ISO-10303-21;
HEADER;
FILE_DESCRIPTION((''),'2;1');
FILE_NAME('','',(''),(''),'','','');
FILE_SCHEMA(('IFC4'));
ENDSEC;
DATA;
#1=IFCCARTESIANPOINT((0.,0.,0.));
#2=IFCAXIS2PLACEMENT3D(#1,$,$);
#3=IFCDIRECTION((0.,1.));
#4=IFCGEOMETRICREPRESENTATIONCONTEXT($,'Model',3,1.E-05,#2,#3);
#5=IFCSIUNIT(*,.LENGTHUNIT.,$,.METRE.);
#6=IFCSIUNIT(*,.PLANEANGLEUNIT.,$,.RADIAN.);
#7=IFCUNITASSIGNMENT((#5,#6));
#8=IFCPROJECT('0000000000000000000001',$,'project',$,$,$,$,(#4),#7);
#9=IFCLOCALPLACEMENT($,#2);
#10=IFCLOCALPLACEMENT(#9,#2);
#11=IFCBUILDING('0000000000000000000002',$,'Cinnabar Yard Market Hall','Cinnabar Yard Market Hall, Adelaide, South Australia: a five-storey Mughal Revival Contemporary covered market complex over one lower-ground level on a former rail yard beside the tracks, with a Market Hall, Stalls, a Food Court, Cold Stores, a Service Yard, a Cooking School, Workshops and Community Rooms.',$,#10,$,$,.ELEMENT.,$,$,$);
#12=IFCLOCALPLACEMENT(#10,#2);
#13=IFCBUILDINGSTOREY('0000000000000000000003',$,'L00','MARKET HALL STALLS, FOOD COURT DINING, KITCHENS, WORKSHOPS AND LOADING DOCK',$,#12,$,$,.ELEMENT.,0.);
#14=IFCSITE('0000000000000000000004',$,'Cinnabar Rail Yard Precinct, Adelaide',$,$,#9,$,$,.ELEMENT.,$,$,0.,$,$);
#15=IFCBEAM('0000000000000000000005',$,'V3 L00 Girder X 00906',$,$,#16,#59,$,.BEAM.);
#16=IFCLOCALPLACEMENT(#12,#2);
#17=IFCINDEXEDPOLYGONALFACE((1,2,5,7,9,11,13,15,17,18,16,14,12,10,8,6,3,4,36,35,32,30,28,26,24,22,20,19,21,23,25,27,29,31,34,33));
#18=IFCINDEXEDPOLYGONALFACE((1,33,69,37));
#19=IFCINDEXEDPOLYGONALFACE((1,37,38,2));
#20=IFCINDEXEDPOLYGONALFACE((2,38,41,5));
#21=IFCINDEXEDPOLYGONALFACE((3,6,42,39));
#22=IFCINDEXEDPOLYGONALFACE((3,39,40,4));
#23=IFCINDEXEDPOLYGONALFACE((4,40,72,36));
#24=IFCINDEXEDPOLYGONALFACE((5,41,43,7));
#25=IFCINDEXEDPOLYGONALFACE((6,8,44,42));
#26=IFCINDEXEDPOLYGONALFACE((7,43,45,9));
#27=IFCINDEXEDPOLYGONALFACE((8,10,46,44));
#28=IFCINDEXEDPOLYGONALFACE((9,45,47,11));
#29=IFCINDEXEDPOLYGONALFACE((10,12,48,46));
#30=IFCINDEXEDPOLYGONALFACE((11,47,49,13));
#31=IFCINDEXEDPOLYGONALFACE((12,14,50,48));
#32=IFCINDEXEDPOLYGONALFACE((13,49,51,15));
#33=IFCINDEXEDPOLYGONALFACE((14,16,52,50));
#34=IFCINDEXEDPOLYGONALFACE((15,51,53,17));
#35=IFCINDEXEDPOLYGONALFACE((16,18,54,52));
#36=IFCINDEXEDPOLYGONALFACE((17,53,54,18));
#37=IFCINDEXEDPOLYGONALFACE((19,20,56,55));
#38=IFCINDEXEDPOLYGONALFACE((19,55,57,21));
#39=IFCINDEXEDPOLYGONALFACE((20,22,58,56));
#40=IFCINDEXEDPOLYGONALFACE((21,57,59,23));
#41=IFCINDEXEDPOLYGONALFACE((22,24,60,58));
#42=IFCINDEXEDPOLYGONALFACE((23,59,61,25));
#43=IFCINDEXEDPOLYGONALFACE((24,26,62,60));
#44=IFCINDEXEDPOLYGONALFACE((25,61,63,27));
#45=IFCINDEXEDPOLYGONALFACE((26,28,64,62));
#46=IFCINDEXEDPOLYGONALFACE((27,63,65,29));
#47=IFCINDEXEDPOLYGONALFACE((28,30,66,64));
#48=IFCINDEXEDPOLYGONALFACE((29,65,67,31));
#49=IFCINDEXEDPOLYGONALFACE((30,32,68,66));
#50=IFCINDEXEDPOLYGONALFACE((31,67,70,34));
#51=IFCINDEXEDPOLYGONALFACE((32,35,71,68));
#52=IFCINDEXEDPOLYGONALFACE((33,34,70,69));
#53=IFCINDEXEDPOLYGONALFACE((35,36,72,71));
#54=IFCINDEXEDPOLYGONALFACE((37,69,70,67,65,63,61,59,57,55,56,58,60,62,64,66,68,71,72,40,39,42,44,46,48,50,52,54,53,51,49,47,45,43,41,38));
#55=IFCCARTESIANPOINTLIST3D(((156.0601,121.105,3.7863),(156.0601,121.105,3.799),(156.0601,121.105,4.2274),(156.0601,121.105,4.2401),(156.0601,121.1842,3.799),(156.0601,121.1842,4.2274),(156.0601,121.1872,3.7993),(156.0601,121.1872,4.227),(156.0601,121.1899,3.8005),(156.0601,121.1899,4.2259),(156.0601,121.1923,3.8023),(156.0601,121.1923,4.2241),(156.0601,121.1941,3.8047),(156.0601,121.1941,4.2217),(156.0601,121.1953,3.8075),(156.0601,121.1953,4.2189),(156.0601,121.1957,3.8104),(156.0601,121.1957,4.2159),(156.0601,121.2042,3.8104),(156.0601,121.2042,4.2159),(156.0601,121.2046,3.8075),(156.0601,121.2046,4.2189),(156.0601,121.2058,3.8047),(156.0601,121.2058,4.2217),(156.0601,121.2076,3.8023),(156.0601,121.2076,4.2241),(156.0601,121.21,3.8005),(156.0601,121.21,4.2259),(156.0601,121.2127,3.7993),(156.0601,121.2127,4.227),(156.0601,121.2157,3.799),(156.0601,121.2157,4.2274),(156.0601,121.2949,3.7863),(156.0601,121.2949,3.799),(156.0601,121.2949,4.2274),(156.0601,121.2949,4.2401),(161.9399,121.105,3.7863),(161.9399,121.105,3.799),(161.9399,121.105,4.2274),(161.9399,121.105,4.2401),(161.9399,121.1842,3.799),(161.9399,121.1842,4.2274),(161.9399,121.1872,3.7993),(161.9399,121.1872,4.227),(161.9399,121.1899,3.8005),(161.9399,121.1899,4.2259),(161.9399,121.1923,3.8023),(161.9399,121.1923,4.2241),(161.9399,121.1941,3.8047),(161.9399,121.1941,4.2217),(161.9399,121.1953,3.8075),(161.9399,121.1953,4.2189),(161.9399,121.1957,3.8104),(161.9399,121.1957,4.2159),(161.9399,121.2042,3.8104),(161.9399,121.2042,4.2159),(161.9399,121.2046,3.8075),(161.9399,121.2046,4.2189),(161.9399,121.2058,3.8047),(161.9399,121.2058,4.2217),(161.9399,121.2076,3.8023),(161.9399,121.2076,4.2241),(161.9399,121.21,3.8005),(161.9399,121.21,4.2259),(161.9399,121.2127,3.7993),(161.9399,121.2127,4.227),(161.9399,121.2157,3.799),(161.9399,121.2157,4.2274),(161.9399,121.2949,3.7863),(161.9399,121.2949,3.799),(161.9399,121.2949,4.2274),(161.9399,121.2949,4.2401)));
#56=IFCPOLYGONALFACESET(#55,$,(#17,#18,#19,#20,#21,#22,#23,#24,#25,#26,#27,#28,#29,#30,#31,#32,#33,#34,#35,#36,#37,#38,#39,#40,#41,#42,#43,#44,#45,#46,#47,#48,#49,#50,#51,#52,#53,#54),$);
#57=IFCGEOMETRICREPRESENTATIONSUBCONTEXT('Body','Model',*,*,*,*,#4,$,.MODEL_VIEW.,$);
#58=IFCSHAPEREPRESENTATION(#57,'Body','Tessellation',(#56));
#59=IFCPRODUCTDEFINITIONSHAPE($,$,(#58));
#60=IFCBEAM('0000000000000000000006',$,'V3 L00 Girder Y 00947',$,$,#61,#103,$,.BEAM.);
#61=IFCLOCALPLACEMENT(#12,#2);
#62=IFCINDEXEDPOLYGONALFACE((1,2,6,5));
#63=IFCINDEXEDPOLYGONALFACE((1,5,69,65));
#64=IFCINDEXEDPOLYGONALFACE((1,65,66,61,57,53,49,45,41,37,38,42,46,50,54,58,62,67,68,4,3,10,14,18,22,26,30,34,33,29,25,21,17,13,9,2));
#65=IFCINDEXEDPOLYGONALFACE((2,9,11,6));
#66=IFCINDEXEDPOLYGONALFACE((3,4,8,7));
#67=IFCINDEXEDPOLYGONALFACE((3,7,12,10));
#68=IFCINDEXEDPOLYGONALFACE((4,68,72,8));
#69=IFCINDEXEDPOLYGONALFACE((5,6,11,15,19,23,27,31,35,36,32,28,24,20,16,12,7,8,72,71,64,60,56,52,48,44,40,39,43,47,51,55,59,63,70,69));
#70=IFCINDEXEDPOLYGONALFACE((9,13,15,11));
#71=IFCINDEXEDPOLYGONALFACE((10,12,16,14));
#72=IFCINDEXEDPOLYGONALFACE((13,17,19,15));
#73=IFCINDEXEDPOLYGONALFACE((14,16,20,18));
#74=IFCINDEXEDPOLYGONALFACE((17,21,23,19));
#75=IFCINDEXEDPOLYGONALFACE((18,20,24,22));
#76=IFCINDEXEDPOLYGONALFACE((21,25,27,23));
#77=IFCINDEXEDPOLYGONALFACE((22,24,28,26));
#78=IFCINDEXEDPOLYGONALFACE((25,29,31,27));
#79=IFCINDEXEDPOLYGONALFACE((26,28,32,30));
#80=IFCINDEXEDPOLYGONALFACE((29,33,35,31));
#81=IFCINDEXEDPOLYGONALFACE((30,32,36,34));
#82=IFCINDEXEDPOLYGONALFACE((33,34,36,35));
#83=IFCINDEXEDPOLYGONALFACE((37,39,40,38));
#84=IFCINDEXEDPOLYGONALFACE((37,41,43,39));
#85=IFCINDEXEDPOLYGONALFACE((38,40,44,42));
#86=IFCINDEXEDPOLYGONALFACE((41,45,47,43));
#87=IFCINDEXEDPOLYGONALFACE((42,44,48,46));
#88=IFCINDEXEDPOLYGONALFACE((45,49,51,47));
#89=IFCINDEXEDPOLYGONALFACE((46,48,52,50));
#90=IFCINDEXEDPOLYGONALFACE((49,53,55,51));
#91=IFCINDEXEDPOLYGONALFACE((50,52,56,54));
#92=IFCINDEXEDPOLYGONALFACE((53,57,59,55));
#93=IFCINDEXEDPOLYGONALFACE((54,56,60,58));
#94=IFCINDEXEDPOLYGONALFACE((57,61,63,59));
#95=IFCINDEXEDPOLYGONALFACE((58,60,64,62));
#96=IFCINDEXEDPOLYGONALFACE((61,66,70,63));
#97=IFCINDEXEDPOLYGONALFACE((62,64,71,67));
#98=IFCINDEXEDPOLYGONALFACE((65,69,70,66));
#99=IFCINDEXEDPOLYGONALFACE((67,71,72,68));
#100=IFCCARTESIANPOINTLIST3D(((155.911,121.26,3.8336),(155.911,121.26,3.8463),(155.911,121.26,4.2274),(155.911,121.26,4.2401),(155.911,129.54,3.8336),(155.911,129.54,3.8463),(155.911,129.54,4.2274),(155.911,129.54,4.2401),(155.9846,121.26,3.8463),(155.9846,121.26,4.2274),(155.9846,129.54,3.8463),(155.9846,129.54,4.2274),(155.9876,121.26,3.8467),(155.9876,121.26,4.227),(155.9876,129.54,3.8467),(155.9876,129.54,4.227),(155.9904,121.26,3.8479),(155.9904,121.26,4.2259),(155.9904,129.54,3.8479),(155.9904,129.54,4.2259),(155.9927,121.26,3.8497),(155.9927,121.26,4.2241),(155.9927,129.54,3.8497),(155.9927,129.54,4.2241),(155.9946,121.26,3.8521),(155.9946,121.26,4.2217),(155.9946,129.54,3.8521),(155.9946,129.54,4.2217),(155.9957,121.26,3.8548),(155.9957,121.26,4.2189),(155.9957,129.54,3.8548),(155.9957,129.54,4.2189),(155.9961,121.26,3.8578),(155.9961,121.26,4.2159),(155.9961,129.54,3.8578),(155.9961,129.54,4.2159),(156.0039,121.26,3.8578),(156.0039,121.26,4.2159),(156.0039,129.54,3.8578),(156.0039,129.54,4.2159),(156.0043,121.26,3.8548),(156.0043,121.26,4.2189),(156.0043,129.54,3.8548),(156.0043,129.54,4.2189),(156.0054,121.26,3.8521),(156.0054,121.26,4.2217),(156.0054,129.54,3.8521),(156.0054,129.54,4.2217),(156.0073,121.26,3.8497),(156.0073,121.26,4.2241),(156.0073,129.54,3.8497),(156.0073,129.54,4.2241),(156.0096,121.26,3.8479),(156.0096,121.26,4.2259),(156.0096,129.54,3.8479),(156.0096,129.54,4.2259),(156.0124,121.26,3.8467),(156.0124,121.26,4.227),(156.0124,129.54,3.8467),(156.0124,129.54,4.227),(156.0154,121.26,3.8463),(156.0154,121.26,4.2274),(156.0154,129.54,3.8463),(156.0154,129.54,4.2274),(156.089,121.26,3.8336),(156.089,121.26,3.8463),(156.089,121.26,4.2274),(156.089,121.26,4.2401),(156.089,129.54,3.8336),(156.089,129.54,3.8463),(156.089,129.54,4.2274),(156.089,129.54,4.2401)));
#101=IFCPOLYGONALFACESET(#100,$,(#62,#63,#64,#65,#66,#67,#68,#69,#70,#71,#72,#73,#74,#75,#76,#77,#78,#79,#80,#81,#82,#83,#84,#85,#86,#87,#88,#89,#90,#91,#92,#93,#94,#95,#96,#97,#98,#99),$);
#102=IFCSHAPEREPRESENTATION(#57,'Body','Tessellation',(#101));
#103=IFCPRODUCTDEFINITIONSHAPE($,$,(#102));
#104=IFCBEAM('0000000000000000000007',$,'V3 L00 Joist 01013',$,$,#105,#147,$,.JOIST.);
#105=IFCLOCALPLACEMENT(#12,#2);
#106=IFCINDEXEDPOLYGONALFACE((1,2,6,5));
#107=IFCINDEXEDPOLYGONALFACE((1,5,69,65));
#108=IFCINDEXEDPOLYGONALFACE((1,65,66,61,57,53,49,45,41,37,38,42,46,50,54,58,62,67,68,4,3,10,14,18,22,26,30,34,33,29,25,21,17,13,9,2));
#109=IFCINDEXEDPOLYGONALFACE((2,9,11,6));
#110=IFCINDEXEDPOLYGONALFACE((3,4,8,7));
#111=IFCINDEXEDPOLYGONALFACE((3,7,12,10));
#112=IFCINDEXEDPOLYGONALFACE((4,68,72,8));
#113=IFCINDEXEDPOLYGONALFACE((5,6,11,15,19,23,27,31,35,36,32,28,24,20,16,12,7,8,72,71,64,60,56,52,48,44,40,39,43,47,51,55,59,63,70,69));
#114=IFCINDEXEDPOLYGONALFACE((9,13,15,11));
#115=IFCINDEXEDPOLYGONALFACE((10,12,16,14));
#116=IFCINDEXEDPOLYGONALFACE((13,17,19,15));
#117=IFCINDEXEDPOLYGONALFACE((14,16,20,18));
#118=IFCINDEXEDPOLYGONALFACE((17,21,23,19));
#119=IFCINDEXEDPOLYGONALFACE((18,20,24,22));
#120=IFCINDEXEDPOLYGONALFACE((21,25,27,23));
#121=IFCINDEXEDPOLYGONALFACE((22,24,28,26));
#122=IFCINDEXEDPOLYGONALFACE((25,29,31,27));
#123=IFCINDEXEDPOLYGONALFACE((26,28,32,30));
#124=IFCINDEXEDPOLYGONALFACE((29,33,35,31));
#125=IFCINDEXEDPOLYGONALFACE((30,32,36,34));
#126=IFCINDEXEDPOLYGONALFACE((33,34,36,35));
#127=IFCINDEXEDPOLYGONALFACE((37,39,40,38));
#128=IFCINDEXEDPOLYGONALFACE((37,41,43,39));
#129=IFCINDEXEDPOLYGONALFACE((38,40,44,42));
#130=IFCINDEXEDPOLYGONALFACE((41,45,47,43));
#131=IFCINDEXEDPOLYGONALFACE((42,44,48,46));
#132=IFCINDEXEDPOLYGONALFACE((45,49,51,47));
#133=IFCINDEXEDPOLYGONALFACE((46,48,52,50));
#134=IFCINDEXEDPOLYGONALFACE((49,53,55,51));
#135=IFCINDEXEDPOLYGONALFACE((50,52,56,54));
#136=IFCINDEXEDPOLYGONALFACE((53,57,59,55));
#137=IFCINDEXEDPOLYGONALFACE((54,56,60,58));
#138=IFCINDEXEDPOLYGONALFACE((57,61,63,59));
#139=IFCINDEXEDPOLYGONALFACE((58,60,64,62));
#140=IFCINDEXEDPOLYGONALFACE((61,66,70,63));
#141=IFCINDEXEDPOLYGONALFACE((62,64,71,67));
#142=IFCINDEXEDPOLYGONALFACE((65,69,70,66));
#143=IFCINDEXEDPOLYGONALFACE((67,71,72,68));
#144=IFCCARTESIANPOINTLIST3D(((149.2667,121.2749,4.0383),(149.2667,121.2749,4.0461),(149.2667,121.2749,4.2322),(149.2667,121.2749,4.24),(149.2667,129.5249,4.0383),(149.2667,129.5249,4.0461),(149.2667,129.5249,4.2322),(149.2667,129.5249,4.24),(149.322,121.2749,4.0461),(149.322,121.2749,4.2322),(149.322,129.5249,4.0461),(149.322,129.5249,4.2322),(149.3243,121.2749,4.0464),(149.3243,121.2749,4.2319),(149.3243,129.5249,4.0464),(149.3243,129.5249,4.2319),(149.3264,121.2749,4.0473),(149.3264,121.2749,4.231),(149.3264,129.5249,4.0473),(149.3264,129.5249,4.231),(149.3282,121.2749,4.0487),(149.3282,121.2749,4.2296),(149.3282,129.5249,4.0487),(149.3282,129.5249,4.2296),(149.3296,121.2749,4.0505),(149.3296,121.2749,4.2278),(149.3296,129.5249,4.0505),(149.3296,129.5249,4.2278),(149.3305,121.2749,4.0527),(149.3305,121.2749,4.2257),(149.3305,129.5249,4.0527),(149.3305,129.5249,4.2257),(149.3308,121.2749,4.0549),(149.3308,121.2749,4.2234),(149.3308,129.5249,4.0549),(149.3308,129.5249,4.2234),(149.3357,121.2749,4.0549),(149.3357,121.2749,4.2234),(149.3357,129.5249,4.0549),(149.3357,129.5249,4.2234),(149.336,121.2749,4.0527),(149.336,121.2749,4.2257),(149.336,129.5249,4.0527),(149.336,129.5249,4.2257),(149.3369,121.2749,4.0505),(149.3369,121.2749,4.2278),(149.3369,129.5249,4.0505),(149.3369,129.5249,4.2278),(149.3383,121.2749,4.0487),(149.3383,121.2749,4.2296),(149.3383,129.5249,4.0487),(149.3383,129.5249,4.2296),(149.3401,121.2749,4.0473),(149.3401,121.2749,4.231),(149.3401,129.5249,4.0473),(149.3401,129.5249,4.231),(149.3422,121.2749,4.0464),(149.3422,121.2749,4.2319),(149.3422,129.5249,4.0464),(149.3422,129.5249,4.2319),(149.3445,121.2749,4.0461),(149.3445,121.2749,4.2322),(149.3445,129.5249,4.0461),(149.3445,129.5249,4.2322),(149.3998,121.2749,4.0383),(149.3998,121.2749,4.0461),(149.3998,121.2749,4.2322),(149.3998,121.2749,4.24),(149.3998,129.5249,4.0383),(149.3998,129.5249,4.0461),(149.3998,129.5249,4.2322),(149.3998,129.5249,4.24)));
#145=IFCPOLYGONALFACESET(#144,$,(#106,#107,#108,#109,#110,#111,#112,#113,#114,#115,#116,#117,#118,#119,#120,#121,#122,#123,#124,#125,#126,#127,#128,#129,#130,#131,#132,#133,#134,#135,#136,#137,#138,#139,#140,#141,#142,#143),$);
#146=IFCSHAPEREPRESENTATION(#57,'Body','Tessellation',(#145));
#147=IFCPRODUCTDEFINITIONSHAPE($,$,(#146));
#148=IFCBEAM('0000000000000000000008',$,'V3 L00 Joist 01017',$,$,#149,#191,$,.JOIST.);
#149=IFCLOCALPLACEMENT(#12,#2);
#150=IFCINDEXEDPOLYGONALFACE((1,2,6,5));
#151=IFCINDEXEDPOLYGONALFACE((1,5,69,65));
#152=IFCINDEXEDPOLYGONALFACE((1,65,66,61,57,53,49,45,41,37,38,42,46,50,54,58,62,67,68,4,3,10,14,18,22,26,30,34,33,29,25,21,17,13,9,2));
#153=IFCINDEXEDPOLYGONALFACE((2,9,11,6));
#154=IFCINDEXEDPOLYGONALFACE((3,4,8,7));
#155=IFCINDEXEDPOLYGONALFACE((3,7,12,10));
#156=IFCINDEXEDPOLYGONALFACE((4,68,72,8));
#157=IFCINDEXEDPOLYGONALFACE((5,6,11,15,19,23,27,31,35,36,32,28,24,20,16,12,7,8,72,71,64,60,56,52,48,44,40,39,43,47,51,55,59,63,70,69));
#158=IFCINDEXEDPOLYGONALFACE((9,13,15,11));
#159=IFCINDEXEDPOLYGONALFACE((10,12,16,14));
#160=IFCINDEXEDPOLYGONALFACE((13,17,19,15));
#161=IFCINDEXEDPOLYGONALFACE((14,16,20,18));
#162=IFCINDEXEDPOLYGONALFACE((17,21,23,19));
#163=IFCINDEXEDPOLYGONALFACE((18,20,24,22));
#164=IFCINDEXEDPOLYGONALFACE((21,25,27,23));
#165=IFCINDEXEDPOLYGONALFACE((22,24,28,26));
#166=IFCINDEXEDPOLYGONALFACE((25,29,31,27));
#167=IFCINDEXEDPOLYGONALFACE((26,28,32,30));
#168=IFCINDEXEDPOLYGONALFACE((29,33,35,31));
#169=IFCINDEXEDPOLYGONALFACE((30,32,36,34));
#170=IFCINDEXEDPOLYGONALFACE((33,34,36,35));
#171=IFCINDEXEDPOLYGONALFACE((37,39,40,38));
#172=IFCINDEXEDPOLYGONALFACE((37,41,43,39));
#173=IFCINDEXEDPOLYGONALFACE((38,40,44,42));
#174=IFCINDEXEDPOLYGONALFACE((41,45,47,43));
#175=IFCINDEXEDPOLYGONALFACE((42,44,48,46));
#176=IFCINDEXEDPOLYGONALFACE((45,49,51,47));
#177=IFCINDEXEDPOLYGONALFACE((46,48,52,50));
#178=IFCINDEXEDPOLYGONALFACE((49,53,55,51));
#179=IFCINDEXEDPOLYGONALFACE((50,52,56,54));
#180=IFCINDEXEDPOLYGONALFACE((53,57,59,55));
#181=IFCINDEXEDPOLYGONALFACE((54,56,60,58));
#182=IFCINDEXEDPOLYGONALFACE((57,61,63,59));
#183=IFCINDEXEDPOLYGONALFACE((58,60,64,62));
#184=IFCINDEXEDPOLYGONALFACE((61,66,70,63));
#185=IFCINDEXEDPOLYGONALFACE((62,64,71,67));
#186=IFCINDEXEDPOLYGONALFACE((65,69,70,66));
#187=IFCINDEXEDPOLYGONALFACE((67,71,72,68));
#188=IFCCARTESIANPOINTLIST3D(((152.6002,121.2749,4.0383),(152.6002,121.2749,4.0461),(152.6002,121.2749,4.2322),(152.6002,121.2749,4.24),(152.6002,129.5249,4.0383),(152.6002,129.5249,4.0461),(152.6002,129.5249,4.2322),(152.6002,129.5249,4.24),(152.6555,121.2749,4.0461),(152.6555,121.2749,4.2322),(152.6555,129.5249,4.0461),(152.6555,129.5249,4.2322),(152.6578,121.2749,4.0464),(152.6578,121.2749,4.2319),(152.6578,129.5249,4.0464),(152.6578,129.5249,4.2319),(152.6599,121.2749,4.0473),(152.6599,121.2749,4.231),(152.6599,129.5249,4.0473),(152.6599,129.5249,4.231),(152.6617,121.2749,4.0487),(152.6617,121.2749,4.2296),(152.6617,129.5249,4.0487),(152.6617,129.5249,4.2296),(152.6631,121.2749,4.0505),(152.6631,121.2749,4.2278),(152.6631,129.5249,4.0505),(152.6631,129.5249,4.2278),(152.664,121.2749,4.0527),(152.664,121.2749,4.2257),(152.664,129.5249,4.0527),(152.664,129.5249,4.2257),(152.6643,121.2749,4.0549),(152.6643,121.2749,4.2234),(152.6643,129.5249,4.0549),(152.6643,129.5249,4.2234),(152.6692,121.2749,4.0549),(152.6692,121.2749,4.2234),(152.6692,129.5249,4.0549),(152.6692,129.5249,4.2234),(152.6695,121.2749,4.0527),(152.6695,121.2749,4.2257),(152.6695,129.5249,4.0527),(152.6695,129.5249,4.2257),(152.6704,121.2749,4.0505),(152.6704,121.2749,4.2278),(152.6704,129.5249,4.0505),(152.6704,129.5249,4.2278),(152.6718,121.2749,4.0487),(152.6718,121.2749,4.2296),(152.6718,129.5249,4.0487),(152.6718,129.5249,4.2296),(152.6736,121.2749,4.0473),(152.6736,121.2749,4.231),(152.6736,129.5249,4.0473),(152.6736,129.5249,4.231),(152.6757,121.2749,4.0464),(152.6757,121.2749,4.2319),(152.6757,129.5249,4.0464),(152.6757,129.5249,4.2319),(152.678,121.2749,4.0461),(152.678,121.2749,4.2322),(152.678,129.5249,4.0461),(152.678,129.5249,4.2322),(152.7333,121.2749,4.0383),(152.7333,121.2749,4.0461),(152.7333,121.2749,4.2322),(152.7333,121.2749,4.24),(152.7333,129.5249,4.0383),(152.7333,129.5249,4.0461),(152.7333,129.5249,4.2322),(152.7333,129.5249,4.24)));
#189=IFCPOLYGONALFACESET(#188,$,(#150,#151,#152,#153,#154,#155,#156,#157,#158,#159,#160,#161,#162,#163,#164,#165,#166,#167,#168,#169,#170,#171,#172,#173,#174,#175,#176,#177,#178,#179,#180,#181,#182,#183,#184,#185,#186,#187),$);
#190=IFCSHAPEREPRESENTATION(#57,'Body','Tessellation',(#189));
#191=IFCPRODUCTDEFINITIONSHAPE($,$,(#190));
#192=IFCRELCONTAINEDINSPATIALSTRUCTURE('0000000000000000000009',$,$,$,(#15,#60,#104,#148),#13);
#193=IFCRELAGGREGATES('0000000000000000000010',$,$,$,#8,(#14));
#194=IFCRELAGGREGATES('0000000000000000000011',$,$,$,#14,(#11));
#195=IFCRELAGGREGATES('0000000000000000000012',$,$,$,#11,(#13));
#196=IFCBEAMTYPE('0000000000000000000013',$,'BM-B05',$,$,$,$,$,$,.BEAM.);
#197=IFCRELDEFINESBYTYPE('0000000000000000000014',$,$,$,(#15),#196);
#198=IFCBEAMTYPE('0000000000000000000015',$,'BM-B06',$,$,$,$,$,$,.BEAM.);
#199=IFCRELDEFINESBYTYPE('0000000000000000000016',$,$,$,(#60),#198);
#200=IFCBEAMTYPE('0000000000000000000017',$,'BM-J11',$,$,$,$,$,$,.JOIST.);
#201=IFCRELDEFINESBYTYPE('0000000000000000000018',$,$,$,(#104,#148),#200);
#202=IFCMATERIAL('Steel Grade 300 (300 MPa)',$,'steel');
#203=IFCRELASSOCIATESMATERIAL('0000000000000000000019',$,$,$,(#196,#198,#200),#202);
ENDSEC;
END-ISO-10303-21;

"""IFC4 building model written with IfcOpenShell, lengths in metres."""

from ifc_helpers import new_model, si_unit, direction, frame, origin, origin_2d_with_axis, place, context, subcontext, project, spatial, i_section, extrude, material, material_profile, profile_set, type_object, element, save


model = new_model("IFC4")

# Units and contexts
model_context = context("Model", 3, precision=1e-05, world=origin(), true_north=direction((0.0, 1.0)))
body_context = subcontext(model_context, "Body", "Model", "MODEL_VIEW")
ifc_project = project(units=[si_unit("LENGTHUNIT", "METRE"), si_unit("PLANEANGLEUNIT", "RADIAN")], contexts=[model_context])

# Site, building, storey
site_placement = place(None, origin())
site = spatial("IfcSite", under=ifc_project, at=site_placement, Name="Cinnabar Rail Yard Precinct, Adelaide", CompositionType="ELEMENT", RefElevation=0.0)
building_placement = place(site_placement, origin())
building = spatial("IfcBuilding", under=site, at=building_placement, Name="Cinnabar Yard Market Hall", Description="Cinnabar Yard Market Hall, Adelaide, South Australia: a five-storey Mughal Revival Contemporary covered market complex over one lower-ground level on a former rail yard beside the tracks, with a Market Hall, Stalls, a Food Court, Cold Stores, a Service Yard, a Cooking School, Workshops and Community Rooms.", CompositionType="ELEMENT")
storey_placement = place(building_placement, origin())
storey = spatial("IfcBuildingStorey", under=building, at=storey_placement, Name="L00", Description="MARKET HALL STALLS, FOOD COURT DINING, KITCHENS, WORKSHOPS AND LOADING DOCK", CompositionType="ELEMENT", Elevation=0.0)

# Shared definitions
ifc_material_1 = material(Name="Steel Grade 300 (300 MPa)", Category="steel")

# Beams
ifc_material_profile_1 = material_profile(ifc_material_1, i_section(OverallWidth=0.1899, OverallDepth=0.4539, WebThickness=0.0085, FlangeThickness=0.0127, FilletRadius=0.0115, at=origin_2d_with_axis()), Name="460UB67.1")
ifc_profile_set_1 = profile_set([ifc_material_profile_1], Name="Steel Grade 300 (300 MPa)")
beam_type_1 = type_object("IfcBeamType", Name="BM-B05", PredefinedType="BEAM", material=ifc_profile_set_1)
beam_1_placement = place(storey_placement, frame((156.0601, 121.2, 4.0132), z_axis=(1.0, 0.0, 0.0), x_axis=(0.0, 1.0, 0.0)))
element("IfcBeam", 1, at=beam_1_placement, inside=storey, type_object=beam_type_1, Name="V3 L00 Girder X 00906", PredefinedType="BEAM", context=body_context, shape_type="SweptSolid", body=[
    extrude(i_section(OverallWidth=0.1899, OverallDepth=0.4539, WebThickness=0.0085, FlangeThickness=0.0127, FilletRadius=0.0115, at=origin_2d_with_axis()), origin(), (0.0, 0.0, 1.0), 5.8799),
])
ifc_material_profile_2 = material_profile(ifc_material_1, i_section(OverallWidth=0.178, OverallDepth=0.4065, WebThickness=0.0078, FlangeThickness=0.0127, FilletRadius=0.0115, at=origin_2d_with_axis()), Name="410UB59.7")
ifc_profile_set_2 = profile_set([ifc_material_profile_2], Name="Steel Grade 300 (300 MPa)")
beam_type_2 = type_object("IfcBeamType", Name="BM-B06", PredefinedType="BEAM", material=ifc_profile_set_2)
beam_2_placement = place(storey_placement, frame((156.0, 121.26, 4.0369), z_axis=(0.0, 1.0, 0.0), x_axis=(-1.0, 0.0, 0.0)))
element("IfcBeam", 2, at=beam_2_placement, inside=storey, type_object=beam_type_2, Name="V3 L00 Girder Y 00947", PredefinedType="BEAM", context=body_context, shape_type="SweptSolid", body=[
    extrude(i_section(OverallWidth=0.178, OverallDepth=0.4065, WebThickness=0.0078, FlangeThickness=0.0127, FilletRadius=0.0115, at=origin_2d_with_axis()), origin(), (0.0, 0.0, 1.0), 8.28),
])
ifc_material_profile_3 = material_profile(ifc_material_1, i_section(OverallWidth=0.1331, OverallDepth=0.2017, WebThickness=0.0049, FlangeThickness=0.0078, FilletRadius=0.0088, at=origin_2d_with_axis()), Name="200UB22.3")
ifc_profile_set_3 = profile_set([ifc_material_profile_3], Name="Steel Grade 300 (300 MPa)")
beam_type_3 = type_object("IfcBeamType", Name="BM-J11", PredefinedType="JOIST", material=ifc_profile_set_3)
for number, where, z_axis, x_axis, name in (
    (3, (149.3333, 121.2749, 4.1392), (0.0, 1.0, 0.0), (-1.0, 0.0, 0.0), "V3 L00 Joist 01013"),
    (4, (152.6667, 121.2749, 4.1392), (0.0, 1.0, 0.0), (-1.0, 0.0, 0.0), "V3 L00 Joist 01017"),
):
    element("IfcBeam", number, at=place(storey_placement, frame(where, z_axis=z_axis, x_axis=x_axis)), inside=storey, type_object=beam_type_3, Name=name, PredefinedType="JOIST", context=body_context, shape_type="SweptSolid", body=[
        extrude(i_section(OverallWidth=0.1331, OverallDepth=0.2017, WebThickness=0.0049, FlangeThickness=0.0078, FilletRadius=0.0088, at=origin_2d_with_axis()), origin(), (0.0, 0.0, 1.0), 8.25),
    ])

save(model, "model.ifc")
